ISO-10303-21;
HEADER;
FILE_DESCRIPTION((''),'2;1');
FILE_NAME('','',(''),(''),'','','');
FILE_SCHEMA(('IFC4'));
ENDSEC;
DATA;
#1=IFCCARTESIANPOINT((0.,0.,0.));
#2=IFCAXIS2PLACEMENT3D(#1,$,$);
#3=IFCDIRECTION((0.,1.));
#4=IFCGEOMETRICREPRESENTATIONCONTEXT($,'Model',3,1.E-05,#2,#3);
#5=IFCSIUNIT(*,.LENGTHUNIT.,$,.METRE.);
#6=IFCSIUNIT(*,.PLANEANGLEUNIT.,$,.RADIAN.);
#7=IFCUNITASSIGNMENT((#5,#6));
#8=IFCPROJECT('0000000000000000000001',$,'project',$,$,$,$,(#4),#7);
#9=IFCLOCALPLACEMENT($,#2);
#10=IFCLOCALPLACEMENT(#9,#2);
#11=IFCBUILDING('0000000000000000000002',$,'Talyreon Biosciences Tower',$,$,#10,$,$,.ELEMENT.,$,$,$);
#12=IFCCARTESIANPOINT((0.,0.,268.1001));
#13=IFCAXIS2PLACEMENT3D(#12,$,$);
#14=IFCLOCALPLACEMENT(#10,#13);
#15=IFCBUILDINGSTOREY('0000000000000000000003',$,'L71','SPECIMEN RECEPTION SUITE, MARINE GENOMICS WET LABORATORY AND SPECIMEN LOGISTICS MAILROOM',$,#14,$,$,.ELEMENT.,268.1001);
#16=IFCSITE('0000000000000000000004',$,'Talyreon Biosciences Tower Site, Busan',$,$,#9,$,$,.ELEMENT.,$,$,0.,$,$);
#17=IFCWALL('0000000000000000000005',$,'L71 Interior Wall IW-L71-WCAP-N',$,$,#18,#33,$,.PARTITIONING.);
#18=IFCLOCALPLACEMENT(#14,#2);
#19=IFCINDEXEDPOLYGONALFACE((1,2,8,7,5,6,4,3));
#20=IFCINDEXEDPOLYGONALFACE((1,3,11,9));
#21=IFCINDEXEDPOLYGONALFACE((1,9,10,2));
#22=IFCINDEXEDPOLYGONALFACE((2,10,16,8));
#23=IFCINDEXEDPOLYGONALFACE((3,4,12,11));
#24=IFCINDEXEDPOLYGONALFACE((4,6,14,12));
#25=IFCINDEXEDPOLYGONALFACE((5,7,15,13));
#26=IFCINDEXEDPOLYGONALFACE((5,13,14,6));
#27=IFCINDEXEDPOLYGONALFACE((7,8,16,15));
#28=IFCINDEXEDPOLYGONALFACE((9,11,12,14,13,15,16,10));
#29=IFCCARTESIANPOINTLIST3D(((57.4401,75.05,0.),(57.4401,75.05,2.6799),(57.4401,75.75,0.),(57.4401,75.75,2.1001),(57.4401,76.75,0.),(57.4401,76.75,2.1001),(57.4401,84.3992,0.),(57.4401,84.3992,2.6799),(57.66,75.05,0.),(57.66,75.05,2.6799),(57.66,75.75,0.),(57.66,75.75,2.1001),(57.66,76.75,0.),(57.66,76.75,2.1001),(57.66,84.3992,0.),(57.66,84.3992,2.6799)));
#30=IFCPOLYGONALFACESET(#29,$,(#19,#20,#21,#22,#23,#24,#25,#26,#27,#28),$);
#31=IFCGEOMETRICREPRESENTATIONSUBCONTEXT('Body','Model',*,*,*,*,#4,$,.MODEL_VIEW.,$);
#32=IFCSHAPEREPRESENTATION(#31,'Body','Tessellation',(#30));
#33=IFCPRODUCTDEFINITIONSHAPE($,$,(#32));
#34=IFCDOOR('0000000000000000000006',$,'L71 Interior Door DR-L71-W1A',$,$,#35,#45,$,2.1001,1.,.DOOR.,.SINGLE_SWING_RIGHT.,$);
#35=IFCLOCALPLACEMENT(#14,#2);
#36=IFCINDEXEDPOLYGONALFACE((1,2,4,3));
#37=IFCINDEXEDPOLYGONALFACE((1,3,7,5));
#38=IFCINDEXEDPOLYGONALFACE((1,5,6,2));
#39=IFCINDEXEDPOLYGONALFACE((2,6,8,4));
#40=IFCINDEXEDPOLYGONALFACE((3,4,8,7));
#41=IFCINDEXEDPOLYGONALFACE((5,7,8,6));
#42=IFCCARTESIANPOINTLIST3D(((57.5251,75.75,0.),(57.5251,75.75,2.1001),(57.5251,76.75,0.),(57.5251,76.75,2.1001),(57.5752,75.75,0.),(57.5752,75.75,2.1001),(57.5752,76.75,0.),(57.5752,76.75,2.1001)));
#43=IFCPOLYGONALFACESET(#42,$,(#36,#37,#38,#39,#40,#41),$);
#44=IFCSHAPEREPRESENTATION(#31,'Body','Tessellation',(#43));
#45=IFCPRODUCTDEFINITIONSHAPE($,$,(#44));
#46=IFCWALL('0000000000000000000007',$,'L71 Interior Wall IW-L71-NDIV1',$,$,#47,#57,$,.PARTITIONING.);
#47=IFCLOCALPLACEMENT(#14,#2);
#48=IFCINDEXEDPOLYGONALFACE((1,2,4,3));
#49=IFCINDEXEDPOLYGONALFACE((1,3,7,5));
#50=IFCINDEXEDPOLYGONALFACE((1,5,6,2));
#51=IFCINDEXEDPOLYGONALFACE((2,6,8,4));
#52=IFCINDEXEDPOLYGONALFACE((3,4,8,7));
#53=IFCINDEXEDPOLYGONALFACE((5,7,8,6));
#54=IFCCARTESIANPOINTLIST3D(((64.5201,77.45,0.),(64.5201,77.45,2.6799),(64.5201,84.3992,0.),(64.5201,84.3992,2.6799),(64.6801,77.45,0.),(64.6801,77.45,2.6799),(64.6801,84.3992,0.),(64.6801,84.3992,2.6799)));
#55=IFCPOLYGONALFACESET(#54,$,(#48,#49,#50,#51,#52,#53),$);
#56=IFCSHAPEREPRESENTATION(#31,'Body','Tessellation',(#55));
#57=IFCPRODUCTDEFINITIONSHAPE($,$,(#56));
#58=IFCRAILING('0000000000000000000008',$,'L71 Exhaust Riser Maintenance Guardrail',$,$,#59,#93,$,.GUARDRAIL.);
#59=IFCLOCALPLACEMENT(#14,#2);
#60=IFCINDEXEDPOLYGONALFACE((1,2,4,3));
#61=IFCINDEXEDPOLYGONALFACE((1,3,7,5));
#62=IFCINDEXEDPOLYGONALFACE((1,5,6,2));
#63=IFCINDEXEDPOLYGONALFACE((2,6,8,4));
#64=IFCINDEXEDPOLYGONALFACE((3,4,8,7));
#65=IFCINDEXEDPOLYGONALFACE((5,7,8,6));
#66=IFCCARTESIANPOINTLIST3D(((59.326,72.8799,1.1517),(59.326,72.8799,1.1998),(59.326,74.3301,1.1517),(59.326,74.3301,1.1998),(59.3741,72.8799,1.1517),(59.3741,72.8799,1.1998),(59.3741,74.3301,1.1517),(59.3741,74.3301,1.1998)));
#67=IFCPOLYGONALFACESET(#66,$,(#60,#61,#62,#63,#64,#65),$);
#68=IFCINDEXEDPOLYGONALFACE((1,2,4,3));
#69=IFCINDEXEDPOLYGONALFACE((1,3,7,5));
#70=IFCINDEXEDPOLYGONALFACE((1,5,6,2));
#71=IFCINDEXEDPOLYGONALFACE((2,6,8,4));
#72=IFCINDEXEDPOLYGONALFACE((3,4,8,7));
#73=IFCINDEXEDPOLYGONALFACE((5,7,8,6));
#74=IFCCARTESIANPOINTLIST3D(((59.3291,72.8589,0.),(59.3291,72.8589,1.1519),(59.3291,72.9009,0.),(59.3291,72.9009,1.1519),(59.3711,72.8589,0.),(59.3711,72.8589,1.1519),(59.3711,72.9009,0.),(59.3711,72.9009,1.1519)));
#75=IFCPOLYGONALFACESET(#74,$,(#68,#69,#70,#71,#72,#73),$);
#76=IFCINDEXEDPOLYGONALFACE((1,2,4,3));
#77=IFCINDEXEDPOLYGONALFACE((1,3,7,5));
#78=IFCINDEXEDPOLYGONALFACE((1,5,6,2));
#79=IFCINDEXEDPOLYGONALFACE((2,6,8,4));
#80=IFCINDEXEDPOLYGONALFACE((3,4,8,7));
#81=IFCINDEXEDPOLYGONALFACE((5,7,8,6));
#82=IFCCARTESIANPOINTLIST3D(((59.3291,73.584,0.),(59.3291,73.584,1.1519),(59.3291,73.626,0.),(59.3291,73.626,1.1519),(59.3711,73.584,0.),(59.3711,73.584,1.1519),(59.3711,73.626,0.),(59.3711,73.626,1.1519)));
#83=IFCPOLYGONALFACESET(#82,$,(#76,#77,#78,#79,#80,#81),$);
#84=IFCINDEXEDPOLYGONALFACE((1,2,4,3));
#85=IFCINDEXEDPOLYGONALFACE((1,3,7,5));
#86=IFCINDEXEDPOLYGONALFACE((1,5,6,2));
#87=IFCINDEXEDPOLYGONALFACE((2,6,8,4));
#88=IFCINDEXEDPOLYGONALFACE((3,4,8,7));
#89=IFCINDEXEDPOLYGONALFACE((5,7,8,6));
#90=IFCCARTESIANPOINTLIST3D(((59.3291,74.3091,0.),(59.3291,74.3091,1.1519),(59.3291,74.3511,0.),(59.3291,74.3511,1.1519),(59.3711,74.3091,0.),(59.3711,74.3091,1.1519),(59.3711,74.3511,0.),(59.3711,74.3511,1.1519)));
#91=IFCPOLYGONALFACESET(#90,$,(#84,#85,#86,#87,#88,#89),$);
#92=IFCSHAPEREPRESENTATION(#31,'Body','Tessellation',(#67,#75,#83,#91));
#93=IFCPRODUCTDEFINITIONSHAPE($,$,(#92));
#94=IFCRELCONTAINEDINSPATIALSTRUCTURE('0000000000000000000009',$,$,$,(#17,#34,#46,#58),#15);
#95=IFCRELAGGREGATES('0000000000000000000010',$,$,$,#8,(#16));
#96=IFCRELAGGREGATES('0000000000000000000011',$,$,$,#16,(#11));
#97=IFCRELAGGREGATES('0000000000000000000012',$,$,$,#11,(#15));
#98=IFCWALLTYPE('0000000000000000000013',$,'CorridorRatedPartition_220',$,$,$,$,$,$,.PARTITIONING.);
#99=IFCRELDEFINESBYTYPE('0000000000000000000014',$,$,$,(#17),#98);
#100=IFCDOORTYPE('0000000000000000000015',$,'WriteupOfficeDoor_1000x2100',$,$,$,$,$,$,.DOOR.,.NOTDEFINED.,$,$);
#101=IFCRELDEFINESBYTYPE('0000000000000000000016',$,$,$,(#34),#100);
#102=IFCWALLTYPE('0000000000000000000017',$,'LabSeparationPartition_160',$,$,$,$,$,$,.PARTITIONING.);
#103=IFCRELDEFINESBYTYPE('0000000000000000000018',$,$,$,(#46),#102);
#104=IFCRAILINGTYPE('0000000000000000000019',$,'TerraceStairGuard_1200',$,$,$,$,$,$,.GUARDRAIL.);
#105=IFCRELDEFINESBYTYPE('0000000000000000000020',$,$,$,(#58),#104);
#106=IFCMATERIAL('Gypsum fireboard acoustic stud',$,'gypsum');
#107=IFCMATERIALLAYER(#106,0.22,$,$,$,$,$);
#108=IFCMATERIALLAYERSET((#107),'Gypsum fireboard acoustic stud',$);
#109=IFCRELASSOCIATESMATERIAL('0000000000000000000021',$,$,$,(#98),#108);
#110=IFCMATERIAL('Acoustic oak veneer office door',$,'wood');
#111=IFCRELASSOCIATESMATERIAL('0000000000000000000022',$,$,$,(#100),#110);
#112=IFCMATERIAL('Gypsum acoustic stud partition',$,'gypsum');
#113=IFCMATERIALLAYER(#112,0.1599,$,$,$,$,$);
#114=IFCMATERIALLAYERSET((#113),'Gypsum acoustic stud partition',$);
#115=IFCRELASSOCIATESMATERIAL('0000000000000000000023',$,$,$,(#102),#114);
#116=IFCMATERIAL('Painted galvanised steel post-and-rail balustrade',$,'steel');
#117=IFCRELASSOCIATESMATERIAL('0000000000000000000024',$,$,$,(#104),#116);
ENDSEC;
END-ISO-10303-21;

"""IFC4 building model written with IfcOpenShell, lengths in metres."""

from ifc_helpers import new_model, si_unit, direction, frame, frame_2d, origin, origin_2d, place, context, subcontext, project, spatial, rectangle, extrude, material, layer, layer_set, type_object, element, fill, save


model = new_model("IFC4")

# Units and contexts
model_context = context("Model", 3, precision=1e-05, world=origin(), true_north=direction((0.0, 1.0)))
body_context = subcontext(model_context, "Body", "Model", "MODEL_VIEW")
ifc_project = project(units=[si_unit("LENGTHUNIT", "METRE"), si_unit("PLANEANGLEUNIT", "RADIAN")], contexts=[model_context])

# Site, building, storey
site_placement = place(None, origin())
site = spatial("IfcSite", under=ifc_project, at=site_placement, Name="Talyreon Biosciences Tower Site, Busan", CompositionType="ELEMENT", RefElevation=0.0)
building_placement = place(site_placement, origin())
building = spatial("IfcBuilding", under=site, at=building_placement, Name="Talyreon Biosciences Tower", CompositionType="ELEMENT")
storey_placement = place(building_placement, frame((0.0, 0.0, 268.1001)))
storey = spatial("IfcBuildingStorey", under=building, at=storey_placement, Name="L71", Description="SPECIMEN RECEPTION SUITE, MARINE GENOMICS WET LABORATORY AND SPECIMEN LOGISTICS MAILROOM", CompositionType="ELEMENT", Elevation=268.1001)

# Shared definitions
ifc_material_1 = material(Name="Gypsum fireboard acoustic stud", Category="gypsum")
ifc_layer_1 = layer(ifc_material_1, 0.22)
ifc_layer_set_1 = layer_set([ifc_layer_1], Name="Gypsum fireboard acoustic stud")
wall_type_1 = type_object("IfcWallType", Name="CorridorRatedPartition_220", PredefinedType="PARTITIONING", material=ifc_layer_set_1)
ifc_material_2 = material(Name="Acoustic oak veneer office door", Category="wood")
door_type_1 = type_object("IfcDoorType", Name="WriteupOfficeDoor_1000x2100", OperationType="NOTDEFINED", PredefinedType="DOOR", material=ifc_material_2)

# Wall, opening, door
wall_1_placement = place(storey_placement, frame((57.55, 75.05, 0.0), z_axis=(0.0, 0.0, 1.0), x_axis=(0.0, 1.0, 0.0)))
wall_1 = element("IfcWall", 1, at=wall_1_placement, inside=storey, type_object=wall_type_1, Name="L71 Interior Wall IW-L71-WCAP-N", PredefinedType="PARTITIONING", context=body_context, shape_type="SweptSolid", body=[
    extrude(rectangle(XDim=9.3491, YDim=0.22, at=frame_2d((4.6746, 0.0))), origin(), (0.0, 0.0, 1.0), 2.6799),
])
opening_1_placement = place(wall_1_placement, frame((0.7, 0.0, 0.0)))
opening_1 = element("IfcOpeningElement", 2, at=opening_1_placement, cuts=wall_1, PredefinedType="OPENING", context=body_context, shape_type="SweptSolid", body=[
    extrude(rectangle(XDim=1.0, YDim=2.1001, at=frame_2d((0.5, 1.05))), frame((0.0, 0.1199, 0.0), z_axis=(0.0, -1.0, 0.0), x_axis=(1.0, 0.0, 0.0)), (0.0, 0.0, 1.0), 0.24),
])
door_1_placement = place(opening_1_placement, origin())
door_1 = element("IfcDoor", 3, at=door_1_placement, inside=storey, type_object=door_type_1, Name="L71 Interior Door DR-L71-W1A", OperationType="SINGLE_SWING_RIGHT", OverallHeight=2.1001, OverallWidth=1.0, PredefinedType="DOOR", context=body_context, shape_type="SweptSolid", body=[
    extrude(rectangle(XDim=1.0, YDim=2.1001, at=frame_2d((0.5, 1.05))), frame((0.0, 0.0249, 0.0), z_axis=(0.0, -1.0, 0.0), x_axis=(1.0, 0.0, 0.0)), (0.0, 0.0, 1.0), 0.05),
])
fill(opening_1, door_1)

# Wall
ifc_material_3 = material(Name="Gypsum acoustic stud partition", Category="gypsum")
ifc_layer_2 = layer(ifc_material_3, 0.1599)
ifc_layer_set_2 = layer_set([ifc_layer_2], Name="Gypsum acoustic stud partition")
wall_type_2 = type_object("IfcWallType", Name="LabSeparationPartition_160", PredefinedType="PARTITIONING", material=ifc_layer_set_2)
wall_2_placement = place(storey_placement, frame((64.6001, 77.45, 0.0), z_axis=(0.0, 0.0, 1.0), x_axis=(0.0, 1.0, 0.0)))
element("IfcWall", 4, at=wall_2_placement, inside=storey, type_object=wall_type_2, Name="L71 Interior Wall IW-L71-NDIV1", PredefinedType="PARTITIONING", context=body_context, shape_type="SweptSolid", body=[
    extrude(rectangle(XDim=6.9492, YDim=0.1599, at=frame_2d((3.4746, 0.0))), origin(), (0.0, 0.0, 1.0), 2.6799),
])

# Railing
ifc_material_4 = material(Name="Painted galvanised steel post-and-rail balustrade", Category="steel")
railing_type = type_object("IfcRailingType", Name="TerraceStairGuard_1200", PredefinedType="GUARDRAIL", material=ifc_material_4)
railing_placement = place(storey_placement, frame((59.3501, 72.8799, 0.0)))
element("IfcRailing", 5, at=railing_placement, inside=storey, type_object=railing_type, Name="L71 Exhaust Riser Maintenance Guardrail", PredefinedType="GUARDRAIL", context=body_context, shape_type="SweptSolid", body=[
    extrude(rectangle(XDim=0.0481, YDim=0.0481, at=origin_2d()), frame((0.0, 0.0, 1.1758), z_axis=(0.0, 1.0, 0.0), x_axis=(-1.0, 0.0, 0.0)), (0.0, 0.0, 1.0), 1.4502),
    extrude(rectangle(XDim=0.042, YDim=0.042, at=origin_2d()), origin(), (0.0, 0.0, 1.0), 1.1519),
    extrude(rectangle(XDim=0.042, YDim=0.042, at=origin_2d()), frame((0.0, 0.7251, 0.0)), (0.0, 0.0, 1.0), 1.1519),
    extrude(rectangle(XDim=0.042, YDim=0.042, at=origin_2d()), frame((0.0, 1.4502, 0.0)), (0.0, 0.0, 1.0), 1.1519),
])

save(model, "model.ifc")
